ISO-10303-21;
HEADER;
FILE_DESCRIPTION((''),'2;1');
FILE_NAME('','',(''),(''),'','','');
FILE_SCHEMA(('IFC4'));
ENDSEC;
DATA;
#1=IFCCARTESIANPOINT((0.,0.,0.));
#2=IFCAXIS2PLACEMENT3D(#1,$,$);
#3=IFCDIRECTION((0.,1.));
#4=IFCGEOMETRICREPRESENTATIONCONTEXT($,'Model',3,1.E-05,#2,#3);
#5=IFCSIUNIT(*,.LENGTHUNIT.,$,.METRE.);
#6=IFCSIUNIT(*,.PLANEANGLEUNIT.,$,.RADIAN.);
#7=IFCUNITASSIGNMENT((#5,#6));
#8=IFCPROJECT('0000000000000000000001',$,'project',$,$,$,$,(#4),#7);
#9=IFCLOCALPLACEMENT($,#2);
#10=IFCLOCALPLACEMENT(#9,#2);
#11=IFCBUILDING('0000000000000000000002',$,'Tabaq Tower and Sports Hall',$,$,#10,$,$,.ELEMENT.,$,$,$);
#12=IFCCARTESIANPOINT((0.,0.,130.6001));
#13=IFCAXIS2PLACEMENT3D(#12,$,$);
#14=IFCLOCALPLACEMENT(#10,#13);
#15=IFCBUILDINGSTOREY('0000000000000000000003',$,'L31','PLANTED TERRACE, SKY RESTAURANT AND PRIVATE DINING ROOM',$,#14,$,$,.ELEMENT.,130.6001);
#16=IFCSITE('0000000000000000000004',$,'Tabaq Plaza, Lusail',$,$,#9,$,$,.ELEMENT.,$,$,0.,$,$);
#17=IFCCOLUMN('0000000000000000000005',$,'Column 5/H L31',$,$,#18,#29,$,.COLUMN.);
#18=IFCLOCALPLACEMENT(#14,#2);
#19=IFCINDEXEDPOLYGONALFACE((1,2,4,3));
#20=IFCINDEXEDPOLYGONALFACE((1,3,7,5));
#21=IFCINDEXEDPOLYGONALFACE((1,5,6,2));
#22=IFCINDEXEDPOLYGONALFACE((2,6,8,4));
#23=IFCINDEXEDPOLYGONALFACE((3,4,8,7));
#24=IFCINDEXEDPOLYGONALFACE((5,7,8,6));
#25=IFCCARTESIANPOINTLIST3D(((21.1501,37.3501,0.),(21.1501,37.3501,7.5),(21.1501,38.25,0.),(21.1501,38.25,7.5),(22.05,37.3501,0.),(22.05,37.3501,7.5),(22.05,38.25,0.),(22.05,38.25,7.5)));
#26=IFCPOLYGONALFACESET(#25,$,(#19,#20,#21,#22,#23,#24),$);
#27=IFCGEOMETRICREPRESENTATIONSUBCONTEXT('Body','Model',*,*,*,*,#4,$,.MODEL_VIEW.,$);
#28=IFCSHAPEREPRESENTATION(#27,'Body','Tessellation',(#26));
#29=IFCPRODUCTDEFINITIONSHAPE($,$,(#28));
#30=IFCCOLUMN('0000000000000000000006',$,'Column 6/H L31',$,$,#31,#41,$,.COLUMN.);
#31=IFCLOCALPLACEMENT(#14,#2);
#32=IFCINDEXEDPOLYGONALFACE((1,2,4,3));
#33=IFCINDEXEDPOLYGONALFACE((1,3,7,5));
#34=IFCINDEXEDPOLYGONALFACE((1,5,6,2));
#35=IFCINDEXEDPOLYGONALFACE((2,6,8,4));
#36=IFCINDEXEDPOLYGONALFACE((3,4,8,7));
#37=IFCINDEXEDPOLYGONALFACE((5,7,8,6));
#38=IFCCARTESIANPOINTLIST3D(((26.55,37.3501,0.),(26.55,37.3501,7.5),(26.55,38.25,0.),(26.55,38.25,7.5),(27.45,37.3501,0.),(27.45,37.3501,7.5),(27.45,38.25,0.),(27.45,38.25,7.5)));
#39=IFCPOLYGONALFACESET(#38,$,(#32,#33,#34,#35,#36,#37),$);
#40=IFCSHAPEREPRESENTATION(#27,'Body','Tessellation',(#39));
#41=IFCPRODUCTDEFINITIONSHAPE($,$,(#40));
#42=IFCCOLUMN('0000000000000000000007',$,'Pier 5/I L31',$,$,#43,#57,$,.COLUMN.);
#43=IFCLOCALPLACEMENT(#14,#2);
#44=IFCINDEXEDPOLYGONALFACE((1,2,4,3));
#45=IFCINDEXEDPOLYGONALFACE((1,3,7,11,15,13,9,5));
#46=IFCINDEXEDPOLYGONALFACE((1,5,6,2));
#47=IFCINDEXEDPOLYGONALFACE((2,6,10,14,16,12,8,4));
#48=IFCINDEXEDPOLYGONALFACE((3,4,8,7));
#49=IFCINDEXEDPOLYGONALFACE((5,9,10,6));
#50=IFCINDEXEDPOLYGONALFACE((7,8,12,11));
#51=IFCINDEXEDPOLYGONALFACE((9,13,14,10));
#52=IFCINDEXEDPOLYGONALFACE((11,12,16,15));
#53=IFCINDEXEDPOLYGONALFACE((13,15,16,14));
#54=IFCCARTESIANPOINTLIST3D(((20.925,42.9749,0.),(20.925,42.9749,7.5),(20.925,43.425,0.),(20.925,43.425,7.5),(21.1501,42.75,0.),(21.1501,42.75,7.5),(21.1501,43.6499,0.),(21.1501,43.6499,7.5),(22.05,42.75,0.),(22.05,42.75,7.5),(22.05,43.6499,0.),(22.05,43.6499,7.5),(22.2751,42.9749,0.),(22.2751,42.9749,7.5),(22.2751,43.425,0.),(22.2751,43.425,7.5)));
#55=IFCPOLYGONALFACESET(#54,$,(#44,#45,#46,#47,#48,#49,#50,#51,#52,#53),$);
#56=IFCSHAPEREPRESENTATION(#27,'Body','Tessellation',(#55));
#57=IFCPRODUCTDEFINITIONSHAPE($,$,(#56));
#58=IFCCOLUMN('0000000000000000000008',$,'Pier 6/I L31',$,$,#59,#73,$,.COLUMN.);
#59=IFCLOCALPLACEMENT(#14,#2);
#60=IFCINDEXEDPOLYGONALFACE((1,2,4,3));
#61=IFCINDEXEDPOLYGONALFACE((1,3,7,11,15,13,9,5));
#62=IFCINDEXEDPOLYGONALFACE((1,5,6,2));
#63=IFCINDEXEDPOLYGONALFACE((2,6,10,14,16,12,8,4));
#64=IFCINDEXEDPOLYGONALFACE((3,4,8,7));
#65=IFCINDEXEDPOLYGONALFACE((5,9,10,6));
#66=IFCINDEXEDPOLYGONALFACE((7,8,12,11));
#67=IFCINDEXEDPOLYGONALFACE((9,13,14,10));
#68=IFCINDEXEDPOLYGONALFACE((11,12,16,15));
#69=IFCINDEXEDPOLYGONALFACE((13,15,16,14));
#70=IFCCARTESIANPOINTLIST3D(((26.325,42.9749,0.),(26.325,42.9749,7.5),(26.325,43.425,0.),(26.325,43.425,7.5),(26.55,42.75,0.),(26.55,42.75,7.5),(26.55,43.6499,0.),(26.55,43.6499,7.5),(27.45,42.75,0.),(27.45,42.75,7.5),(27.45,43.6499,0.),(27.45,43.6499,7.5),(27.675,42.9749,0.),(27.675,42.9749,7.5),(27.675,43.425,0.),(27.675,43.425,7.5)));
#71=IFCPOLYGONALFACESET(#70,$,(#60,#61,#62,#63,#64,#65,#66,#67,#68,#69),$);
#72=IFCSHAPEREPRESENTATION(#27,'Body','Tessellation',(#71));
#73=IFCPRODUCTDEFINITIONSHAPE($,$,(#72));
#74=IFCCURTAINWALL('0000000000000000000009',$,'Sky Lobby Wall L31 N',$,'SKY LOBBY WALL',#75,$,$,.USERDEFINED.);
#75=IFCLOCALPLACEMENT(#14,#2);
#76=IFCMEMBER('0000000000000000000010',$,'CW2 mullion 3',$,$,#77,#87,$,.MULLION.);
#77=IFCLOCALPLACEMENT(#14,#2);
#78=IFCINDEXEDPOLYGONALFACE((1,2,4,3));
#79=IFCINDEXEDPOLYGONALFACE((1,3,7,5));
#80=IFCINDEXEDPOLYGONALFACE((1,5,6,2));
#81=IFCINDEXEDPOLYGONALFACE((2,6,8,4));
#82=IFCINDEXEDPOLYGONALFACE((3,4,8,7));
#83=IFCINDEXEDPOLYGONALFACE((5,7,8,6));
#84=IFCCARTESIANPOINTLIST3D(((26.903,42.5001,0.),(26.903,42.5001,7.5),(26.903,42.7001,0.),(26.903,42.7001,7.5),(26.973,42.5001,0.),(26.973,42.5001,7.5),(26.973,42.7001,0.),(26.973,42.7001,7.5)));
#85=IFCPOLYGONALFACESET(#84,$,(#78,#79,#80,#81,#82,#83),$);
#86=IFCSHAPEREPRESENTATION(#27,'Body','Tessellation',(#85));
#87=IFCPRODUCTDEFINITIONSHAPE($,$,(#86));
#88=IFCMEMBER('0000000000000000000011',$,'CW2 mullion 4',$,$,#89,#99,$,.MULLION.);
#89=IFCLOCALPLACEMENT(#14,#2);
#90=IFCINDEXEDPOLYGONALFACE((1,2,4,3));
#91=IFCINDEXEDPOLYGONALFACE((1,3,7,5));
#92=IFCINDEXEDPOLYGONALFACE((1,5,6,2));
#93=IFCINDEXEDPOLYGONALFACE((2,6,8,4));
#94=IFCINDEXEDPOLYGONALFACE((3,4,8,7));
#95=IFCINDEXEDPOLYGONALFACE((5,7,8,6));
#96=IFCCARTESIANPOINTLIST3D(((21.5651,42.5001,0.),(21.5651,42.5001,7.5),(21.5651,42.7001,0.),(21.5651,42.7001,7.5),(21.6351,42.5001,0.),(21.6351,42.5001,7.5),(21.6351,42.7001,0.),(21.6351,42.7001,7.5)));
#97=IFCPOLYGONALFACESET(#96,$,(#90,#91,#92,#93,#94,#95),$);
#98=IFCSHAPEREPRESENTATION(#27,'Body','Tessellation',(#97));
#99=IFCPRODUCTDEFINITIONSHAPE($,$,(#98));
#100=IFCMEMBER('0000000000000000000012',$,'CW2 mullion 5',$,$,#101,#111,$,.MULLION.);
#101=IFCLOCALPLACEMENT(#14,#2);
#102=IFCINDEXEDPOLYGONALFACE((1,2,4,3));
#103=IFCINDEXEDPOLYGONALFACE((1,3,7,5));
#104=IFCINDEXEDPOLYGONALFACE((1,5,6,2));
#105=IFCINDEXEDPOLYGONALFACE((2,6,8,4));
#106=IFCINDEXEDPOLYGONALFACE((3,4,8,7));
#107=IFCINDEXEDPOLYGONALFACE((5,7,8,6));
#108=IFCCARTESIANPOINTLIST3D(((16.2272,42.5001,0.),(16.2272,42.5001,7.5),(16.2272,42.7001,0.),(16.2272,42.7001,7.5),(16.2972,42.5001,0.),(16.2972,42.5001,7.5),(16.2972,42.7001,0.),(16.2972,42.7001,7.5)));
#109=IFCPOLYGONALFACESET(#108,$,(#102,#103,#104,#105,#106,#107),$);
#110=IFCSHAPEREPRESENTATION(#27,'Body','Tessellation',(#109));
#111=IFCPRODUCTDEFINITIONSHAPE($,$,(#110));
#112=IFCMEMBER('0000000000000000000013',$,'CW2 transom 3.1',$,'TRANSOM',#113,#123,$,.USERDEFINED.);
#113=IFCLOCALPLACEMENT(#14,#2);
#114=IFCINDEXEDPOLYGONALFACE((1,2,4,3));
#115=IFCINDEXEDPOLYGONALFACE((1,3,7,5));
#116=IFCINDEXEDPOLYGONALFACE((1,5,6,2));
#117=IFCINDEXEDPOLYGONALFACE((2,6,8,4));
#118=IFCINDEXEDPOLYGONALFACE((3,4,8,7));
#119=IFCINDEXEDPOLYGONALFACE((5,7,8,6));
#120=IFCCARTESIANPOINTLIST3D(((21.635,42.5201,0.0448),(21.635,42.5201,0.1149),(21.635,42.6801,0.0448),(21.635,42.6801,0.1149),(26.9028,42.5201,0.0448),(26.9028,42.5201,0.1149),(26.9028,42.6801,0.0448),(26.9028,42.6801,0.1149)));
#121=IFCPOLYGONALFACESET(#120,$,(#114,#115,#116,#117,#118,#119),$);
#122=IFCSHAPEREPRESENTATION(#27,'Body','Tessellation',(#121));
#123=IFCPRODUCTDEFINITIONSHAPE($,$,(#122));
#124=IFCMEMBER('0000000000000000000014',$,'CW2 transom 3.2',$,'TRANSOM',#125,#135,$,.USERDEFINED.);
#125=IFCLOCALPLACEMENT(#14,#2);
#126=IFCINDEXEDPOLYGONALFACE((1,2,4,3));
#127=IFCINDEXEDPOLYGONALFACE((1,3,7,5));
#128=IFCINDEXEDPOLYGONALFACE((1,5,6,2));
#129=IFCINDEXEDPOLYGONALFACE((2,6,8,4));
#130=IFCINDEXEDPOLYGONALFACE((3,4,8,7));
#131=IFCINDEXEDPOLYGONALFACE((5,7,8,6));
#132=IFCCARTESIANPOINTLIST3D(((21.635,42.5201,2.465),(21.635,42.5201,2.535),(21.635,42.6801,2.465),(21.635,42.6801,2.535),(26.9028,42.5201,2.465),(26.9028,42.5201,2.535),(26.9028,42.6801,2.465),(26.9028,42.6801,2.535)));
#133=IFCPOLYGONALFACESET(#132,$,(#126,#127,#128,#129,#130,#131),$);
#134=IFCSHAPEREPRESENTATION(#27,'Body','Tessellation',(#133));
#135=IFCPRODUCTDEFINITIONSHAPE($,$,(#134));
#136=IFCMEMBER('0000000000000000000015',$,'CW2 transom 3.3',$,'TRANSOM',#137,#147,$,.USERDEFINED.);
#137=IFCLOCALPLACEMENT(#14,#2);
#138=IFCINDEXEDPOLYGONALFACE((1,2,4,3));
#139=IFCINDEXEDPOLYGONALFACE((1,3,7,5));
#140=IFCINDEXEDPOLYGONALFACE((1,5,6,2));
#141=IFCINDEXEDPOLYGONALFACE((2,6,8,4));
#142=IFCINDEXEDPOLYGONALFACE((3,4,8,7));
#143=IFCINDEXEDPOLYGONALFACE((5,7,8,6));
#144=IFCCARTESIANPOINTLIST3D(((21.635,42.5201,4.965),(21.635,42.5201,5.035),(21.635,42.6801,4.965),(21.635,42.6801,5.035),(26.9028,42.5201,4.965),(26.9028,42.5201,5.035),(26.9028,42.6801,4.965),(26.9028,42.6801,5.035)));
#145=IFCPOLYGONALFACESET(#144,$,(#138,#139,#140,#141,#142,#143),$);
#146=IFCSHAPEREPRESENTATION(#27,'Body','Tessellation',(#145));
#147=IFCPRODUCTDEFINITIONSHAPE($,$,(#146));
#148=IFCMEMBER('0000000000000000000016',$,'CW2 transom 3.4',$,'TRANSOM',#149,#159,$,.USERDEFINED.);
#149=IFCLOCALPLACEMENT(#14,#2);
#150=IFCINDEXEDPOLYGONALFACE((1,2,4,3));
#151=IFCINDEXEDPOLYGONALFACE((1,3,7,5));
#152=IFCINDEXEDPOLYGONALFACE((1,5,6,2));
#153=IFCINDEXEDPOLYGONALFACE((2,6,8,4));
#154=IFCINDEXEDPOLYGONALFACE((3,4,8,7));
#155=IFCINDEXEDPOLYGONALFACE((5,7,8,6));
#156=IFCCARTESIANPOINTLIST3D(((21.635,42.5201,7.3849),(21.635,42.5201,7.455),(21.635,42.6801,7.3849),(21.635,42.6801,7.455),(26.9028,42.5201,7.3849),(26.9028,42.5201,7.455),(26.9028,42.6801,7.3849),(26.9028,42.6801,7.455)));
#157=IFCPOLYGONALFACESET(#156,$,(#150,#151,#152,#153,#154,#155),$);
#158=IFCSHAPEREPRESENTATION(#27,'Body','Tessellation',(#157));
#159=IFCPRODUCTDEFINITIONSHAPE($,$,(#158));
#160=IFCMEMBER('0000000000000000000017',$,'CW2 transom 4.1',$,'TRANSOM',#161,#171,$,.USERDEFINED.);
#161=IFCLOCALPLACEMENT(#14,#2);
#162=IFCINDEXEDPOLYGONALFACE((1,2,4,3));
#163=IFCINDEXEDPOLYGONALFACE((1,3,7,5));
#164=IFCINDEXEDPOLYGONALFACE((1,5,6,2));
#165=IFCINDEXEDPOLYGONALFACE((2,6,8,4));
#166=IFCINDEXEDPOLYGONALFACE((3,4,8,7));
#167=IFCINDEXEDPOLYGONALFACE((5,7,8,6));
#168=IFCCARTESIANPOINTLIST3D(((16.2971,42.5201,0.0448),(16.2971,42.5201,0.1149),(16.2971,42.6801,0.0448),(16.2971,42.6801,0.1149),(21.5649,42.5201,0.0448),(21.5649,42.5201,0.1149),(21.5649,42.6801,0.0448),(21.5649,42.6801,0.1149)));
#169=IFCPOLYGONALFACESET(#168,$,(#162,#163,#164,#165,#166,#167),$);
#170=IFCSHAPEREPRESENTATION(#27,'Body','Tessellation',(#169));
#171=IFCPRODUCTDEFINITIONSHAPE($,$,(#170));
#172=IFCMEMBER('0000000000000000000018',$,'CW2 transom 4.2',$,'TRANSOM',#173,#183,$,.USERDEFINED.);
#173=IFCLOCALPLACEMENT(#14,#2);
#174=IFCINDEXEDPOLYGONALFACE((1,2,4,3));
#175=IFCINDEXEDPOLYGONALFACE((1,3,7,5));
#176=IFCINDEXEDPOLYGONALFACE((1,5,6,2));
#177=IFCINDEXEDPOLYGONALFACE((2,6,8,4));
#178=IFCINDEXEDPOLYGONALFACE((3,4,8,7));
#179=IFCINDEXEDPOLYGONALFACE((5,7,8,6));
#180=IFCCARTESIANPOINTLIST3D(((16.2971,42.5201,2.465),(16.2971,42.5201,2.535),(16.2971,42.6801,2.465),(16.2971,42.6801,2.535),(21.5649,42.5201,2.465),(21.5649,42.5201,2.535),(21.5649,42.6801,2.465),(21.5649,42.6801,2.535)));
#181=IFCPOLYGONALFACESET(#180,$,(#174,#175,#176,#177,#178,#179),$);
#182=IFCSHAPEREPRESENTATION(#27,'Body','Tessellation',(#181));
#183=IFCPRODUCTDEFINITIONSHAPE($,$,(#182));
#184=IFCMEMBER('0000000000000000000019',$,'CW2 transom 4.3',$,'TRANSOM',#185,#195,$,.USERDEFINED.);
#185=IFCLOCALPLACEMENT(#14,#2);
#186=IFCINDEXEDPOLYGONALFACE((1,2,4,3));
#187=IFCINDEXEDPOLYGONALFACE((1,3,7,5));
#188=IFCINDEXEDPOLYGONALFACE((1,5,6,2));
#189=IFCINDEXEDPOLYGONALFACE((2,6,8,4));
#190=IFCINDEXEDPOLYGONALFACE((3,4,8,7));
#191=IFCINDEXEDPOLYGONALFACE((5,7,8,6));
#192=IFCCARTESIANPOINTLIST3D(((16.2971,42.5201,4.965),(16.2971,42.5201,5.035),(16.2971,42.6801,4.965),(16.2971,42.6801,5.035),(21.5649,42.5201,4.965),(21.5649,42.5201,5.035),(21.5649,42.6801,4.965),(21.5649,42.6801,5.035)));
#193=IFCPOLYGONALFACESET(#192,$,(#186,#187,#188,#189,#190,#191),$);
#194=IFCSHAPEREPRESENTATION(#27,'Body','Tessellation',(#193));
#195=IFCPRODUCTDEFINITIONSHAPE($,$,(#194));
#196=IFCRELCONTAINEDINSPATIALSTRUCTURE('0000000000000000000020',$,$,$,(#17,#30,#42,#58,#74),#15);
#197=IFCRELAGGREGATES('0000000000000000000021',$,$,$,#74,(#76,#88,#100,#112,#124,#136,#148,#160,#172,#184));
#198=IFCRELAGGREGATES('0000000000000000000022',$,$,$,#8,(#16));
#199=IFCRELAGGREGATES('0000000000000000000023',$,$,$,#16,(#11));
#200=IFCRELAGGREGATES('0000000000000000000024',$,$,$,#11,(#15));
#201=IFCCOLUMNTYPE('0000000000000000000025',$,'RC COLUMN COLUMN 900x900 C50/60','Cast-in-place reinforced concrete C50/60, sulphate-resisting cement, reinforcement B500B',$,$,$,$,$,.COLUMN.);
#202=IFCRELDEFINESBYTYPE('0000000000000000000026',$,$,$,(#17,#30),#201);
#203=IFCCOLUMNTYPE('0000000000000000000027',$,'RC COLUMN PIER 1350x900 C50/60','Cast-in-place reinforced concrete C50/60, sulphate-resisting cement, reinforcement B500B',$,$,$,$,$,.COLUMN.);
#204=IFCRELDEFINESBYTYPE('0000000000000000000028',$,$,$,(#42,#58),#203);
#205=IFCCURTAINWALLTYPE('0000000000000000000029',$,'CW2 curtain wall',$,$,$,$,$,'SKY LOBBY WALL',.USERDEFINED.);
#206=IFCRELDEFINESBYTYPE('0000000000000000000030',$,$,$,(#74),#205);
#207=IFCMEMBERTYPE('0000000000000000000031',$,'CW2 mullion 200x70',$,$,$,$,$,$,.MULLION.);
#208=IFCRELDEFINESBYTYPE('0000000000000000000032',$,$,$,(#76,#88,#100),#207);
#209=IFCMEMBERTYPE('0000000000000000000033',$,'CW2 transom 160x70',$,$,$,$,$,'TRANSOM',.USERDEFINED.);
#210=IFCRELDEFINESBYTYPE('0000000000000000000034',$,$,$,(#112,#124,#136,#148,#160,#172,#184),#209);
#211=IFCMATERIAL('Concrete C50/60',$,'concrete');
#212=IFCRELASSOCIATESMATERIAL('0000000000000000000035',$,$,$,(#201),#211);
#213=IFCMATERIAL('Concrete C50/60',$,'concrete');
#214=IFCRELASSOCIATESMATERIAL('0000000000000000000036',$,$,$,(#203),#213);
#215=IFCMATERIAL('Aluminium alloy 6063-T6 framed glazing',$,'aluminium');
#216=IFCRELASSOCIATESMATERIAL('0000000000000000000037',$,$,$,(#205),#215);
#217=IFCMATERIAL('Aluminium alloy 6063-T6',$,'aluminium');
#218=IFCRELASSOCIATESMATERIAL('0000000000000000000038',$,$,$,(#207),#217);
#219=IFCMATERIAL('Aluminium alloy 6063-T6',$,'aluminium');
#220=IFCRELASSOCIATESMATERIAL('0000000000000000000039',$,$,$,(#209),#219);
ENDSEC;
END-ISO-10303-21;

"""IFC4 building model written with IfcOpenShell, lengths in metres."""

from ifc_helpers import new_model, si_unit, direction, frame, origin, origin_2d, place, context, subcontext, project, spatial, polyline, rectangle, outline, extrude, material, material_profile, profile_set, type_object, element, aggregate, save


model = new_model("IFC4")

# Units and contexts
model_context = context("Model", 3, precision=1e-05, world=origin(), true_north=direction((0.0, 1.0)))
body_context = subcontext(model_context, "Body", "Model", "MODEL_VIEW")
ifc_project = project(units=[si_unit("LENGTHUNIT", "METRE"), si_unit("PLANEANGLEUNIT", "RADIAN")], contexts=[model_context])

# Site, building, storey
site_placement = place(None, origin())
site = spatial("IfcSite", under=ifc_project, at=site_placement, Name="Tabaq Plaza, Lusail", CompositionType="ELEMENT", RefElevation=0.0)
building_placement = place(site_placement, origin())
building = spatial("IfcBuilding", under=site, at=building_placement, Name="Tabaq Tower and Sports Hall", CompositionType="ELEMENT")
storey_placement = place(building_placement, frame((0.0, 0.0, 130.6001)))
storey = spatial("IfcBuildingStorey", under=building, at=storey_placement, Name="L31", Description="PLANTED TERRACE, SKY RESTAURANT AND PRIVATE DINING ROOM", CompositionType="ELEMENT", Elevation=130.6001)

# Columns
ifc_material_1 = material(Name="Concrete C50/60", Category="concrete")
ifc_material_profile_1 = material_profile(ifc_material_1, rectangle(XDim=0.8999, YDim=0.8999, at=origin_2d()), Name="COLUMN 900x900")
ifc_profile_set_1 = profile_set([ifc_material_profile_1], Name="Concrete C50/60")
column_type_1 = type_object("IfcColumnType", Name="RC COLUMN COLUMN 900x900 C50/60", Description="Cast-in-place reinforced concrete C50/60, sulphate-resisting cement, reinforcement B500B", PredefinedType="COLUMN", material=ifc_profile_set_1)
for number, where, z_axis, x_axis, name in (
    (1, (21.6001, 37.8, 0.0), (0.0, 0.0, 1.0), (1.0, 0.0, 0.0), "Column 5/H L31"),
    (2, (27.0, 37.8, 0.0), (0.0, 0.0, 1.0), (1.0, 0.0, 0.0), "Column 6/H L31"),
):
    element("IfcColumn", number, at=place(storey_placement, frame(where, z_axis=z_axis, x_axis=x_axis)), inside=storey, type_object=column_type_1, Name=name, PredefinedType="COLUMN", context=body_context, shape_type="SweptSolid", body=[
        extrude(rectangle(XDim=0.8999, YDim=0.8999, at=origin_2d()), origin(), (0.0, 0.0, 1.0), 7.5),
    ])
ifc_material_2 = material(Name="Concrete C50/60", Category="concrete")
ifc_material_profile_2 = material_profile(ifc_material_2, outline(polyline([(-0.45, -0.45), (0.45, -0.45), (0.675, -0.2251), (0.675, 0.2251), (0.45, 0.45), (-0.45, 0.45), (-0.675, 0.2251), (-0.675, -0.2251), (-0.45, -0.45)])), Name="PIER 1350x900")
ifc_profile_set_2 = profile_set([ifc_material_profile_2], Name="Concrete C50/60")
column_type_2 = type_object("IfcColumnType", Name="RC COLUMN PIER 1350x900 C50/60", Description="Cast-in-place reinforced concrete C50/60, sulphate-resisting cement, reinforcement B500B", PredefinedType="COLUMN", material=ifc_profile_set_2)
for number, where, z_axis, x_axis, name in (
    (3, (21.6001, 43.2, 0.0), (0.0, 0.0, 1.0), (1.0, 0.0, 0.0), "Pier 5/I L31"),
    (4, (27.0, 43.2, 0.0), (0.0, 0.0, 1.0), (1.0, 0.0, 0.0), "Pier 6/I L31"),
):
    element("IfcColumn", number, at=place(storey_placement, frame(where, z_axis=z_axis, x_axis=x_axis)), inside=storey, type_object=column_type_2, Name=name, PredefinedType="COLUMN", context=body_context, shape_type="SweptSolid", body=[
        extrude(outline(polyline([(-0.45, -0.45), (0.45, -0.45), (0.675, -0.2251), (0.675, 0.2251), (0.45, 0.45), (-0.45, 0.45), (-0.675, 0.2251), (-0.675, -0.2251), (-0.45, -0.45)])), origin(), (0.0, 0.0, 1.0), 7.5),
    ])

# Curtain wall, members
ifc_material_3 = material(Name="Aluminium alloy 6063-T6 framed glazing", Category="aluminium")
curtain_wall_type = type_object("IfcCurtainWallType", Name="CW2 curtain wall", ElementType="SKY LOBBY WALL", PredefinedType="USERDEFINED", material=ifc_material_3)
curtain_wall_placement = place(storey_placement, origin())
curtain_wall = element("IfcCurtainWall", 5, at=curtain_wall_placement, inside=storey, type_object=curtain_wall_type, Name="Sky Lobby Wall L31 N", ObjectType="SKY LOBBY WALL", PredefinedType="USERDEFINED")
ifc_material_4 = material(Name="Aluminium alloy 6063-T6", Category="aluminium")
ifc_material_profile_3 = material_profile(ifc_material_4, rectangle(XDim=0.2, YDim=0.0701, at=origin_2d()), Name="MULLION 200x70")
ifc_profile_set_3 = profile_set([ifc_material_profile_3], Name="Aluminium alloy 6063-T6")
member_type_1 = type_object("IfcMemberType", Name="CW2 mullion 200x70", PredefinedType="MULLION", material=ifc_profile_set_3)
member_1_placement = place(storey_placement, frame((26.938, 42.6001, 0.0), z_axis=(0.0, 0.0, 1.0), x_axis=(0.0, -1.0, 0.0)))
member_1 = element("IfcMember", 6, at=member_1_placement, type_object=member_type_1, Name="CW2 mullion 3", PredefinedType="MULLION", context=body_context, shape_type="SweptSolid", body=[
    extrude(rectangle(XDim=0.2, YDim=0.0701, at=origin_2d()), origin(), (0.0, 0.0, 1.0), 7.5),
])
member_2_placement = place(storey_placement, frame((21.6001, 42.6001, 0.0), z_axis=(0.0, 0.0, 1.0), x_axis=(0.0, -1.0, 0.0)))
member_2 = element("IfcMember", 7, at=member_2_placement, type_object=member_type_1, Name="CW2 mullion 4", PredefinedType="MULLION", context=body_context, shape_type="SweptSolid", body=[
    extrude(rectangle(XDim=0.2, YDim=0.0701, at=origin_2d()), origin(), (0.0, 0.0, 1.0), 7.5),
])
member_3_placement = place(storey_placement, frame((16.2622, 42.6001, 0.0), z_axis=(0.0, 0.0, 1.0), x_axis=(0.0, -1.0, 0.0)))
member_3 = element("IfcMember", 8, at=member_3_placement, type_object=member_type_1, Name="CW2 mullion 5", PredefinedType="MULLION", context=body_context, shape_type="SweptSolid", body=[
    extrude(rectangle(XDim=0.2, YDim=0.0701, at=origin_2d()), origin(), (0.0, 0.0, 1.0), 7.5),
])
ifc_material_5 = material(Name="Aluminium alloy 6063-T6", Category="aluminium")
ifc_material_profile_4 = material_profile(ifc_material_5, rectangle(XDim=0.1599, YDim=0.0701, at=origin_2d()), Name="TRANSOM 160x70")
ifc_profile_set_4 = profile_set([ifc_material_profile_4], Name="Aluminium alloy 6063-T6")
member_type_2 = type_object("IfcMemberType", Name="CW2 transom 160x70", ElementType="TRANSOM", PredefinedType="USERDEFINED", material=ifc_profile_set_4)
member_4_placement = place(storey_placement, frame((26.9028, 42.6001, 0.0798), z_axis=(-1.0, 0.0, 0.0), x_axis=(0.0, -1.0, 0.0)))
member_4 = element("IfcMember", 9, at=member_4_placement, type_object=member_type_2, Name="CW2 transom 3.1", ObjectType="TRANSOM", PredefinedType="USERDEFINED", context=body_context, shape_type="SweptSolid", body=[
    extrude(rectangle(XDim=0.1599, YDim=0.0701, at=origin_2d()), origin(), (0.0, 0.0, 1.0), 5.2678),
])
member_5_placement = place(storey_placement, frame((26.9028, 42.6001, 2.5), z_axis=(-1.0, 0.0, 0.0), x_axis=(0.0, -1.0, 0.0)))
member_5 = element("IfcMember", 10, at=member_5_placement, type_object=member_type_2, Name="CW2 transom 3.2", ObjectType="TRANSOM", PredefinedType="USERDEFINED", context=body_context, shape_type="SweptSolid", body=[
    extrude(rectangle(XDim=0.1599, YDim=0.0701, at=origin_2d()), origin(), (0.0, 0.0, 1.0), 5.2678),
])
member_6_placement = place(storey_placement, frame((26.9028, 42.6001, 5.0), z_axis=(-1.0, 0.0, 0.0), x_axis=(0.0, -1.0, 0.0)))
member_6 = element("IfcMember", 11, at=member_6_placement, type_object=member_type_2, Name="CW2 transom 3.3", ObjectType="TRANSOM", PredefinedType="USERDEFINED", context=body_context, shape_type="SweptSolid", body=[
    extrude(rectangle(XDim=0.1599, YDim=0.0701, at=origin_2d()), origin(), (0.0, 0.0, 1.0), 5.2678),
])
member_7_placement = place(storey_placement, frame((26.9028, 42.6001, 7.4199), z_axis=(-1.0, 0.0, 0.0), x_axis=(0.0, -1.0, 0.0)))
member_7 = element("IfcMember", 12, at=member_7_placement, type_object=member_type_2, Name="CW2 transom 3.4", ObjectType="TRANSOM", PredefinedType="USERDEFINED", context=body_context, shape_type="SweptSolid", body=[
    extrude(rectangle(XDim=0.1599, YDim=0.0701, at=origin_2d()), origin(), (0.0, 0.0, 1.0), 5.2678),
])
member_8_placement = place(storey_placement, frame((21.5649, 42.6001, 0.0798), z_axis=(-1.0, 0.0, 0.0), x_axis=(0.0, -1.0, 0.0)))
member_8 = element("IfcMember", 13, at=member_8_placement, type_object=member_type_2, Name="CW2 transom 4.1", ObjectType="TRANSOM", PredefinedType="USERDEFINED", context=body_context, shape_type="SweptSolid", body=[
    extrude(rectangle(XDim=0.1599, YDim=0.0701, at=origin_2d()), origin(), (0.0, 0.0, 1.0), 5.2678),
])
member_9_placement = place(storey_placement, frame((21.5649, 42.6001, 2.5), z_axis=(-1.0, 0.0, 0.0), x_axis=(0.0, -1.0, 0.0)))
member_9 = element("IfcMember", 14, at=member_9_placement, type_object=member_type_2, Name="CW2 transom 4.2", ObjectType="TRANSOM", PredefinedType="USERDEFINED", context=body_context, shape_type="SweptSolid", body=[
    extrude(rectangle(XDim=0.1599, YDim=0.0701, at=origin_2d()), origin(), (0.0, 0.0, 1.0), 5.2678),
])
member_10_placement = place(storey_placement, frame((21.5649, 42.6001, 5.0), z_axis=(-1.0, 0.0, 0.0), x_axis=(0.0, -1.0, 0.0)))
member_10 = element("IfcMember", 15, at=member_10_placement, type_object=member_type_2, Name="CW2 transom 4.3", ObjectType="TRANSOM", PredefinedType="USERDEFINED", context=body_context, shape_type="SweptSolid", body=[
    extrude(rectangle(XDim=0.1599, YDim=0.0701, at=origin_2d()), origin(), (0.0, 0.0, 1.0), 5.2678),
])
aggregate(curtain_wall, [member_1, member_2, member_3, member_4, member_5, member_6, member_7, member_8, member_9, member_10])

save(model, "model.ifc")
